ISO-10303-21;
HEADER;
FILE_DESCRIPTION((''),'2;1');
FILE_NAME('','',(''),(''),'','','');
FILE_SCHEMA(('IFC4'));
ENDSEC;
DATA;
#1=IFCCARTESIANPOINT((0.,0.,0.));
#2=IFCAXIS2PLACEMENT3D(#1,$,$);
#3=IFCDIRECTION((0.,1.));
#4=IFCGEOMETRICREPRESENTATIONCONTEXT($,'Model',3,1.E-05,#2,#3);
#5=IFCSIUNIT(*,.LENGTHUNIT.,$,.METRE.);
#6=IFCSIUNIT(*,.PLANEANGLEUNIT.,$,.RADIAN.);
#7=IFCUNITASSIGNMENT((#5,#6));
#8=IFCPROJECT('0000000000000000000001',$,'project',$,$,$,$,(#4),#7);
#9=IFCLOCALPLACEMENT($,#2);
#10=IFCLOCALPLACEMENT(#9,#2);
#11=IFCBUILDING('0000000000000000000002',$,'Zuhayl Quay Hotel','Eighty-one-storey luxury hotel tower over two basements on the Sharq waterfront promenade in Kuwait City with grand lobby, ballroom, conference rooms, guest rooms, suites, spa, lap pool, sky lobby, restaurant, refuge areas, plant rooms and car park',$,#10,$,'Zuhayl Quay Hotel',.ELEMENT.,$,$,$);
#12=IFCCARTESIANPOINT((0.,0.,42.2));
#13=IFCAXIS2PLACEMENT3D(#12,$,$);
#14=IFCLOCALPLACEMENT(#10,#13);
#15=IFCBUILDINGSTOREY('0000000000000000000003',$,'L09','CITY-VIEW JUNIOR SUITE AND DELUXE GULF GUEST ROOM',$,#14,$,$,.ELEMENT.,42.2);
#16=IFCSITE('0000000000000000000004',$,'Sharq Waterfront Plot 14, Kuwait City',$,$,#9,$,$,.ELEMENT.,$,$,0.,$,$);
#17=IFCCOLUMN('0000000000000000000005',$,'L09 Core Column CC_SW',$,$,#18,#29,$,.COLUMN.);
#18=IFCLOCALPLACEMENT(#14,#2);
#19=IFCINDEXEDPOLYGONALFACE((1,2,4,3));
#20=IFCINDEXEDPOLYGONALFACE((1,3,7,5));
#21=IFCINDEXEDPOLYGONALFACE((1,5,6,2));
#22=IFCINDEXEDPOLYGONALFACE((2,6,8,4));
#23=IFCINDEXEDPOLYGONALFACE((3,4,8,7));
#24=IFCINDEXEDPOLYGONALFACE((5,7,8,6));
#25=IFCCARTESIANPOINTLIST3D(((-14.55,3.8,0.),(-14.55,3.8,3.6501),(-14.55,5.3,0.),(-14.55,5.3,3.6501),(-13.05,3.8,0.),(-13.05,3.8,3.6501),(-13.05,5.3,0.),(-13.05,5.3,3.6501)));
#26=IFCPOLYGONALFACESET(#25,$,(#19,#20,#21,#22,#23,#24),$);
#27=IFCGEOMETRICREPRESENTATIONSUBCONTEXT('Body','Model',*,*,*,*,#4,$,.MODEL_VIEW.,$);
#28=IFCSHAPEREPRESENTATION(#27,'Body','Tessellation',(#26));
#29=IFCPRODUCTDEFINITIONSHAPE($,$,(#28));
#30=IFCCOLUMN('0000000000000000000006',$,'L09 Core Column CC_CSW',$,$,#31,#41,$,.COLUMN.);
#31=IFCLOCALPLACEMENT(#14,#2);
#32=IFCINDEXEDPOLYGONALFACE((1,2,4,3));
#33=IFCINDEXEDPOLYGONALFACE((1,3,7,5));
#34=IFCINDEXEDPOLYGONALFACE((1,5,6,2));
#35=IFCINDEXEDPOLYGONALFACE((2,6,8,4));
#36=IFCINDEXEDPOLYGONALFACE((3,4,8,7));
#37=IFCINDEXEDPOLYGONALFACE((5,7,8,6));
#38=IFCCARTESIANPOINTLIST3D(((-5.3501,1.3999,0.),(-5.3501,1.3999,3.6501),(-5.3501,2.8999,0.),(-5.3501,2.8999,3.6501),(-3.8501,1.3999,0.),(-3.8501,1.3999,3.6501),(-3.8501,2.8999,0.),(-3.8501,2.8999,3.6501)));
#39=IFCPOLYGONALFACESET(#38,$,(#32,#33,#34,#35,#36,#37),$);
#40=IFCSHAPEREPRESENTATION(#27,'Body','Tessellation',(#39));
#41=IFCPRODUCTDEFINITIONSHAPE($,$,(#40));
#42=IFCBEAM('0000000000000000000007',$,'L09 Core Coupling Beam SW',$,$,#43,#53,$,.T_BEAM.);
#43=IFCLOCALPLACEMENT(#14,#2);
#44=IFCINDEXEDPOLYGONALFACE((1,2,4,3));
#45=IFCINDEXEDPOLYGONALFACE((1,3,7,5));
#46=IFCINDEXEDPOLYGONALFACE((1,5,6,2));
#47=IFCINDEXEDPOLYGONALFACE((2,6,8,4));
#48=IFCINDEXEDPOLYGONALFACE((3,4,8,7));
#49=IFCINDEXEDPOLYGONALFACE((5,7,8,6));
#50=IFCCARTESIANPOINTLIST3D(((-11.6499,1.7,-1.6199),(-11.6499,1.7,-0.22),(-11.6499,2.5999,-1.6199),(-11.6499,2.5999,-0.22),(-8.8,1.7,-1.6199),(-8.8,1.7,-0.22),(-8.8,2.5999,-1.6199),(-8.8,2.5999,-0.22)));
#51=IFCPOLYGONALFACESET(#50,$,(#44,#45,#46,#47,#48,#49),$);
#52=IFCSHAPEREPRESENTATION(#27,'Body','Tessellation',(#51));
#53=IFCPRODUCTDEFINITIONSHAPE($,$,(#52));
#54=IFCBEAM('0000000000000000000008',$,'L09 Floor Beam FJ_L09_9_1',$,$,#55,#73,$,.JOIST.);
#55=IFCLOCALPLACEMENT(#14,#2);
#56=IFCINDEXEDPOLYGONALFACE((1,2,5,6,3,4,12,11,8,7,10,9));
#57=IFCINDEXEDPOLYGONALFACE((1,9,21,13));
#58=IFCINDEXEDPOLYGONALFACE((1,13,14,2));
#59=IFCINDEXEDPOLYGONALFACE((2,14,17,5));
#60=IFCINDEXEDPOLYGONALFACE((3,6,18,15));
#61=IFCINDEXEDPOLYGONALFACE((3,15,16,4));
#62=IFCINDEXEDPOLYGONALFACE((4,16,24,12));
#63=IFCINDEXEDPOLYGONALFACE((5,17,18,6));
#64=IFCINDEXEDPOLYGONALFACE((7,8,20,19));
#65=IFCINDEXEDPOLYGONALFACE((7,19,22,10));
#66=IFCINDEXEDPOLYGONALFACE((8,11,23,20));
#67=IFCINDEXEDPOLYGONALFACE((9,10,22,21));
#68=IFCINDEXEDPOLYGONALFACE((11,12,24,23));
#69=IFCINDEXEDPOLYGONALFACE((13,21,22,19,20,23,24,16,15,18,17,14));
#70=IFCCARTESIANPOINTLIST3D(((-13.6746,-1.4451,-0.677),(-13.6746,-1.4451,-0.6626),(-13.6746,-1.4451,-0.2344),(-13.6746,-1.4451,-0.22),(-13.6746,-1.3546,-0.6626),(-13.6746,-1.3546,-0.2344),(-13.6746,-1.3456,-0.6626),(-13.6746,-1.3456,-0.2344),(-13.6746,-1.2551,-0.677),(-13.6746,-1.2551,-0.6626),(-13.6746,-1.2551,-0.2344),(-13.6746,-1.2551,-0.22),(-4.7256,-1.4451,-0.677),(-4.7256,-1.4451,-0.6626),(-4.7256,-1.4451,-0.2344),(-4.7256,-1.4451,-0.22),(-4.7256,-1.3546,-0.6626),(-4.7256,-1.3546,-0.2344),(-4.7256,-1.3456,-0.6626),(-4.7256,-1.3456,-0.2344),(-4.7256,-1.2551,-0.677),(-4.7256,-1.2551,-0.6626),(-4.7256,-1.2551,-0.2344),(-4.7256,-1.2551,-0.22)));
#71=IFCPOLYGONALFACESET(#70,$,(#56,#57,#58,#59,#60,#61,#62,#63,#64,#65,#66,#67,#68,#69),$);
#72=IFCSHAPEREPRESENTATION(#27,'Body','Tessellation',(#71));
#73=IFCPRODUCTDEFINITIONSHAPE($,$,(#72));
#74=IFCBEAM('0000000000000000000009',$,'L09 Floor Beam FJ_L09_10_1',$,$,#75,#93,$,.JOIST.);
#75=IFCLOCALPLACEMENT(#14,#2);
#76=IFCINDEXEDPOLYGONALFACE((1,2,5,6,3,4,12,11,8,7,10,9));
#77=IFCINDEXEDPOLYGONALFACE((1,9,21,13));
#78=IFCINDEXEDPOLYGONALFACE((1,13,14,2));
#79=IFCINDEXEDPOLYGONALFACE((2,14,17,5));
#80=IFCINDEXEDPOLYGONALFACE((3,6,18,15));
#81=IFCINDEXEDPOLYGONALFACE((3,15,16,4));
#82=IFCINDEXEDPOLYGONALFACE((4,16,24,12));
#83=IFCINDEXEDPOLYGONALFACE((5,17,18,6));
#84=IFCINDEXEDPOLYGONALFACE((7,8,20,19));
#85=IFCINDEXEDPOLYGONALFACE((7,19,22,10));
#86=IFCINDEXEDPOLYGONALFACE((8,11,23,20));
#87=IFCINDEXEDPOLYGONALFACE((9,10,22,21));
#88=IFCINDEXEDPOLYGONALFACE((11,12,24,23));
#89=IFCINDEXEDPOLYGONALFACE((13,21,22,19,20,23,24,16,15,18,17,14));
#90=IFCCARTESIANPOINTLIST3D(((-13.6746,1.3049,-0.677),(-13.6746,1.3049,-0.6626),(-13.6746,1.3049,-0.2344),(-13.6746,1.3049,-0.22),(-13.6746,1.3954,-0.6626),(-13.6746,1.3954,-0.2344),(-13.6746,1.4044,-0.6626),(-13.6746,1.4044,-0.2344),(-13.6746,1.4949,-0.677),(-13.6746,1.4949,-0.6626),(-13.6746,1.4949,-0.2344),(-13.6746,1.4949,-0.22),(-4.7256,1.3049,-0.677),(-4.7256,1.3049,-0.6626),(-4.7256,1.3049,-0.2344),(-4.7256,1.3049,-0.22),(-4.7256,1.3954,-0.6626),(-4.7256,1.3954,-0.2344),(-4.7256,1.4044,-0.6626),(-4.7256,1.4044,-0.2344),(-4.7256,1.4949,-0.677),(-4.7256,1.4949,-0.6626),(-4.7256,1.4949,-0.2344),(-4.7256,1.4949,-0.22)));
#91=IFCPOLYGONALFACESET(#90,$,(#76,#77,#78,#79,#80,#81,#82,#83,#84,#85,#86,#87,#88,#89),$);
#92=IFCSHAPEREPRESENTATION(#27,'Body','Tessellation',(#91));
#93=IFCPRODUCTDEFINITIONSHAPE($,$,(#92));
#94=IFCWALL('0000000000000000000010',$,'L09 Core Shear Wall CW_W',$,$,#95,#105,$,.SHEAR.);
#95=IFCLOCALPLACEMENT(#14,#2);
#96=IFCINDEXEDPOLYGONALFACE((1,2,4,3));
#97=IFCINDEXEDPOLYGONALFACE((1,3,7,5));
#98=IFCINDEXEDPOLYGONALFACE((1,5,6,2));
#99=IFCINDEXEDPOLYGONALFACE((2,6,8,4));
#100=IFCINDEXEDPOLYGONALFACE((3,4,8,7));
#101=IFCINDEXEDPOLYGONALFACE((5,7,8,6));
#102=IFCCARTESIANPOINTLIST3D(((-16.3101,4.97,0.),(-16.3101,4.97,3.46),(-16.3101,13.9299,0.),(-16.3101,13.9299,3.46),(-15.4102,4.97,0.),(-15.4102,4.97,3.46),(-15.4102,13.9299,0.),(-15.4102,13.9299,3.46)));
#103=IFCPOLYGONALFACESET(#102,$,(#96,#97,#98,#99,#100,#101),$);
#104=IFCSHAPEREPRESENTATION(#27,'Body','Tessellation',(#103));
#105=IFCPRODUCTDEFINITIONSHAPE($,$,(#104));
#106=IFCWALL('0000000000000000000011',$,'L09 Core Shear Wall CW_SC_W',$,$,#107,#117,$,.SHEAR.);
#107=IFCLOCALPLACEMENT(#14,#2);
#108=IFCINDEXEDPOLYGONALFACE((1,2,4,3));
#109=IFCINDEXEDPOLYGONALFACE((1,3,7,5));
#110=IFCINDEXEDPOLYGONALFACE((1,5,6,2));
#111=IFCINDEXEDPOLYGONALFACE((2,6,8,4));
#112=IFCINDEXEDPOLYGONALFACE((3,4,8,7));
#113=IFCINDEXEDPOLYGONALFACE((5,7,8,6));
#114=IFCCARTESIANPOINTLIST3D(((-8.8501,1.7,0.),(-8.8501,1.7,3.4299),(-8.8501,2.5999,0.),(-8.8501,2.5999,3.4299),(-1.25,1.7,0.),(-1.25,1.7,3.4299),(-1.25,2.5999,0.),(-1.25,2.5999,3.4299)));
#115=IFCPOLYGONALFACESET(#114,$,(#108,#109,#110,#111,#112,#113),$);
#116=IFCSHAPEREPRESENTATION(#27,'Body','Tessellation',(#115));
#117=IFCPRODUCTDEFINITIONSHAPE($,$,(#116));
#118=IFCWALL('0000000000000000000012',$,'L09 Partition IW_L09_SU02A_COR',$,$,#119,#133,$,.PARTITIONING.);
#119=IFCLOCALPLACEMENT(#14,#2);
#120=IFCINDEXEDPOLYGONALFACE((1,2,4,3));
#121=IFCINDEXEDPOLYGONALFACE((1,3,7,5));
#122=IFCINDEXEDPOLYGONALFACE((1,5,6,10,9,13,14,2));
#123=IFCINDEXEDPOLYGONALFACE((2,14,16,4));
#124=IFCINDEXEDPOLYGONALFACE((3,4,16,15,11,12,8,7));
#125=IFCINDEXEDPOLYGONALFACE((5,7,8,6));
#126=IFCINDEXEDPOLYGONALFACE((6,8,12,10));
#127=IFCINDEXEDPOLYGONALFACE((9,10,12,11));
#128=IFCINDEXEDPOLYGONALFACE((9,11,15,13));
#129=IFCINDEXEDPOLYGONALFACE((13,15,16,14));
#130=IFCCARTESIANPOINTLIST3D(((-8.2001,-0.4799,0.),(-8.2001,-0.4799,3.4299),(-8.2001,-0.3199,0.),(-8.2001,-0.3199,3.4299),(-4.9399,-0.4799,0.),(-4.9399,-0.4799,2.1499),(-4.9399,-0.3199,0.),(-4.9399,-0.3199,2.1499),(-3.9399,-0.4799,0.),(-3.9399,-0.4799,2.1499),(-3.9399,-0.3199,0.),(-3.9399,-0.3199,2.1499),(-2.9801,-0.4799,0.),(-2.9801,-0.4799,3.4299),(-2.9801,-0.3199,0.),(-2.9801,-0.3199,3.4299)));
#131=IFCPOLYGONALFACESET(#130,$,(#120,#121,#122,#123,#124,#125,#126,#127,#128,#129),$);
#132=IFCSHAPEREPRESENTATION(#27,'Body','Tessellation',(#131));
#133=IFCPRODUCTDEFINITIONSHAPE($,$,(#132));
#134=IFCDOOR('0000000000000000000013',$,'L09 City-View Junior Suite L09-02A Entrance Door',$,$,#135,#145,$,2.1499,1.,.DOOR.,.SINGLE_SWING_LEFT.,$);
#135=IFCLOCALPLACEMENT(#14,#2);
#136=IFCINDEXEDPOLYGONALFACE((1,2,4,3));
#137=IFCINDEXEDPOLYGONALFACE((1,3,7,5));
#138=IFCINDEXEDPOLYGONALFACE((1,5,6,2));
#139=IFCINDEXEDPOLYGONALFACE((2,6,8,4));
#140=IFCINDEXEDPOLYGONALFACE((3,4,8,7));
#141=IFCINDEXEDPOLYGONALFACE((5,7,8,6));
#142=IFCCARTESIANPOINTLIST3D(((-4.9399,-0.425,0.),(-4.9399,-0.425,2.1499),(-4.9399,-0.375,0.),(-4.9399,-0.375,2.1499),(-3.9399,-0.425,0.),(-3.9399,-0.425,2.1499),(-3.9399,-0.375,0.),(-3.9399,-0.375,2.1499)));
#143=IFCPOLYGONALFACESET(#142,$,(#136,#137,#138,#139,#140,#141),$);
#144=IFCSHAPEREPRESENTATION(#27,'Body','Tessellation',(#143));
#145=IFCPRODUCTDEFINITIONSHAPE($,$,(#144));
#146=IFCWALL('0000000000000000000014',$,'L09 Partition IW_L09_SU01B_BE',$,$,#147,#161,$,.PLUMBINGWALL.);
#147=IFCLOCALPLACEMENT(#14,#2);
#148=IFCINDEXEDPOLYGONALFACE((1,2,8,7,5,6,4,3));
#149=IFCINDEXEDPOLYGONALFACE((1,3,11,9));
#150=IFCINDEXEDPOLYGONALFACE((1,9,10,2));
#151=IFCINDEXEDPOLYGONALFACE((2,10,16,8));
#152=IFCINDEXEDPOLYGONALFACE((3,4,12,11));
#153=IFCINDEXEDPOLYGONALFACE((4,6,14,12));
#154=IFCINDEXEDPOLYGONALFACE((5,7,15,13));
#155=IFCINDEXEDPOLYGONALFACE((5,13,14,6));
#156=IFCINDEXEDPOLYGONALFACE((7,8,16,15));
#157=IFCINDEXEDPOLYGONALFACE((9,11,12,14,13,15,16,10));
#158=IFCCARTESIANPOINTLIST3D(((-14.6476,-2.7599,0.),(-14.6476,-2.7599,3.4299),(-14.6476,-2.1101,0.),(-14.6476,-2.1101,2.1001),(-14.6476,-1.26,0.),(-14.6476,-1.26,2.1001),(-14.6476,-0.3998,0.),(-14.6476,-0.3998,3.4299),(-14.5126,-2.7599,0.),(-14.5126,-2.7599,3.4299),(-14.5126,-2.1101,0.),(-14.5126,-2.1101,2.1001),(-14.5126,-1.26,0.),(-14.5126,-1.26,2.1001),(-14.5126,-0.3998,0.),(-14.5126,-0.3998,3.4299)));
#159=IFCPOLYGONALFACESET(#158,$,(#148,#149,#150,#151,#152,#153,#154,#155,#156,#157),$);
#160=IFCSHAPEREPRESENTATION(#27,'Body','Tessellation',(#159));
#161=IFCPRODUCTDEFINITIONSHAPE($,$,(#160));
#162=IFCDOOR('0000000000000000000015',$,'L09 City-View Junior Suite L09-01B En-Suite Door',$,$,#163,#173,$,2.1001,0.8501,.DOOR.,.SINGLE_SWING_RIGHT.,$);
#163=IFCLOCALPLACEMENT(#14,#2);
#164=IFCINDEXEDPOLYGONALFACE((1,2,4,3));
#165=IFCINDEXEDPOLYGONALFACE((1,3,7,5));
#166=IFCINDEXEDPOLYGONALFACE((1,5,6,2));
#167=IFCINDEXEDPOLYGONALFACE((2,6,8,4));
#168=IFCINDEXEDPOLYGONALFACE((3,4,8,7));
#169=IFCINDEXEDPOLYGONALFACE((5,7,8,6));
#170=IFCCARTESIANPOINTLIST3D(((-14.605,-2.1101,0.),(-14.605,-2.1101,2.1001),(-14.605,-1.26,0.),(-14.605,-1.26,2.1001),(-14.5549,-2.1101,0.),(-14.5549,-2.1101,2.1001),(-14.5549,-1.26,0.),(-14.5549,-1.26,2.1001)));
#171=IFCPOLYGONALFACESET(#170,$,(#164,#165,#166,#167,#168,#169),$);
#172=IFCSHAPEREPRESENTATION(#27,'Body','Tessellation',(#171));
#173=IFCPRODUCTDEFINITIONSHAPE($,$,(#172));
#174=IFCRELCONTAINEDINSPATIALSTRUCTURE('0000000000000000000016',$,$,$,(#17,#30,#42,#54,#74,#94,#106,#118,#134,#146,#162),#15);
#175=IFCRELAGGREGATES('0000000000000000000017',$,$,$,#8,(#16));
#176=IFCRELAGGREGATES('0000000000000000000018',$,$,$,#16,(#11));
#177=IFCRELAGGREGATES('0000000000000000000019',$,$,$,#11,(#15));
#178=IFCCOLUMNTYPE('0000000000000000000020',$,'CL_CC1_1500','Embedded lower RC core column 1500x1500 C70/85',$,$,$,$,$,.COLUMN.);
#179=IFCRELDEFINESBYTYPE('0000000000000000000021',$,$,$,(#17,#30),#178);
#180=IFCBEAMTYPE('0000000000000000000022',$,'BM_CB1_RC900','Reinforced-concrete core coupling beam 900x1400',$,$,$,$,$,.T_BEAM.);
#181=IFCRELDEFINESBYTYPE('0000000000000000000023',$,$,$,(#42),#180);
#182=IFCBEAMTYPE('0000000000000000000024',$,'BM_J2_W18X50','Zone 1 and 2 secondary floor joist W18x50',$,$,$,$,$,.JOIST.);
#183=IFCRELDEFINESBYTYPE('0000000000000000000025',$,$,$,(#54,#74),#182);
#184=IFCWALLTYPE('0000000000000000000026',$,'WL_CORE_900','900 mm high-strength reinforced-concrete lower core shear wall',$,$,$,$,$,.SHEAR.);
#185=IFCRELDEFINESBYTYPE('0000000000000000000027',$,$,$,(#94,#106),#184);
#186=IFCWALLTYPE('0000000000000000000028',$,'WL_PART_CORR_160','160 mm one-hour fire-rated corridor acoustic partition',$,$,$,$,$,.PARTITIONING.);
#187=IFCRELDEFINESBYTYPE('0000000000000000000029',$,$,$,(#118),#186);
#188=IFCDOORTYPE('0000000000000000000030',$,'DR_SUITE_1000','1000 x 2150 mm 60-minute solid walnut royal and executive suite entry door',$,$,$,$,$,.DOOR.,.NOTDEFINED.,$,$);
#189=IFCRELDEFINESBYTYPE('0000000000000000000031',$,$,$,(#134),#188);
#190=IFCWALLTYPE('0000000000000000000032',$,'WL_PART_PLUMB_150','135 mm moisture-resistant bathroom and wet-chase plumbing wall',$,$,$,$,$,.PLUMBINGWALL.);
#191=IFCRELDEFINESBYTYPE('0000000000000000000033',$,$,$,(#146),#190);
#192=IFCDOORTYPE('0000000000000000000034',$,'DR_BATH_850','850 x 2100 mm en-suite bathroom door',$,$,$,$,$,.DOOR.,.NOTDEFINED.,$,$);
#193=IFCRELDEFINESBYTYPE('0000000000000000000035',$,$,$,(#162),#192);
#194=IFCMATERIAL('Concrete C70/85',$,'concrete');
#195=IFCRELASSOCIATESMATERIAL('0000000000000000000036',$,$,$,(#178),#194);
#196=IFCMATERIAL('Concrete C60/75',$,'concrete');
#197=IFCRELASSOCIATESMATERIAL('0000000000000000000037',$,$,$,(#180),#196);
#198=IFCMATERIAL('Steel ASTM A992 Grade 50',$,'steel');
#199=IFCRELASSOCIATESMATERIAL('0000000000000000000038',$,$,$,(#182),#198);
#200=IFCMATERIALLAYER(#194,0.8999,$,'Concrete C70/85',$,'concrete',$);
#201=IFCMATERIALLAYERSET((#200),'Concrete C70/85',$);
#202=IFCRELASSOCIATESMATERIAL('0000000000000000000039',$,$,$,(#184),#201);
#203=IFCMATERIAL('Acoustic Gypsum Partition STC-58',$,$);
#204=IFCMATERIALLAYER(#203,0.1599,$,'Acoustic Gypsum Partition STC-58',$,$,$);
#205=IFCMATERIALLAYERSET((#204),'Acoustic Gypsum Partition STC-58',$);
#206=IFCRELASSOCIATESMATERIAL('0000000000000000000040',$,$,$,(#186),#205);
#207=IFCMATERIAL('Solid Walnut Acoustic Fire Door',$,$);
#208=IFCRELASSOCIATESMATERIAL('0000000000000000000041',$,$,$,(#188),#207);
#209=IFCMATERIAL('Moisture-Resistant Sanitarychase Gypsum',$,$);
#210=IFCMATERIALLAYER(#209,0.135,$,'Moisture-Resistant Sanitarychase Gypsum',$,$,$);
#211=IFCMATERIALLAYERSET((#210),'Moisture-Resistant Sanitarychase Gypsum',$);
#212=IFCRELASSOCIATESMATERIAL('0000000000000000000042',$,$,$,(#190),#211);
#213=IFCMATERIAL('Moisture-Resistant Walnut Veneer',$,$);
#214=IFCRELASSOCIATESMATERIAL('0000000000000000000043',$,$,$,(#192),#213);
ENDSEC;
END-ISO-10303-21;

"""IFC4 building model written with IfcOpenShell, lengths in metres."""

from ifc_helpers import new_model, si_unit, direction, frame, frame_2d, origin, origin_2d, place, context, subcontext, project, spatial, rectangle, i_section, extrude, material, layer, layer_set, material_profile, profile_set, type_object, element, fill, save


model = new_model("IFC4")

# Units and contexts
model_context = context("Model", 3, precision=1e-05, world=origin(), true_north=direction((0.0, 1.0)))
body_context = subcontext(model_context, "Body", "Model", "MODEL_VIEW")
ifc_project = project(units=[si_unit("LENGTHUNIT", "METRE"), si_unit("PLANEANGLEUNIT", "RADIAN")], contexts=[model_context])

# Site, building, storey
site_placement = place(None, origin())
site = spatial("IfcSite", under=ifc_project, at=site_placement, Name="Sharq Waterfront Plot 14, Kuwait City", CompositionType="ELEMENT", RefElevation=0.0)
building_placement = place(site_placement, origin())
building = spatial("IfcBuilding", under=site, at=building_placement, Name="Zuhayl Quay Hotel", Description="Eighty-one-storey luxury hotel tower over two basements on the Sharq waterfront promenade in Kuwait City with grand lobby, ballroom, conference rooms, guest rooms, suites, spa, lap pool, sky lobby, restaurant, refuge areas, plant rooms and car park", LongName="Zuhayl Quay Hotel", CompositionType="ELEMENT")
storey_placement = place(building_placement, frame((0.0, 0.0, 42.2)))
storey = spatial("IfcBuildingStorey", under=building, at=storey_placement, Name="L09", Description="CITY-VIEW JUNIOR SUITE AND DELUXE GULF GUEST ROOM", CompositionType="ELEMENT", Elevation=42.2)

# Columns
ifc_material_1 = material(Name="Concrete C70/85", Category="concrete")
ifc_material_profile_1 = material_profile(ifc_material_1, rectangle(XDim=1.5, YDim=1.5, at=origin_2d()), Name="RC1500X1500")
ifc_profile_set_1 = profile_set([ifc_material_profile_1], Name="Concrete C70/85")
column_type = type_object("IfcColumnType", Name="CL_CC1_1500", Description="Embedded lower RC core column 1500x1500 C70/85", PredefinedType="COLUMN", material=ifc_profile_set_1)
for number, where, z_axis, x_axis, name in (
    (1, (-13.8, 4.55, 0.0), (0.0, 0.0, 1.0), (1.0, 0.0, 0.0), "L09 Core Column CC_SW"),
    (2, (-4.6001, 2.1499, 0.0), (0.0, 0.0, 1.0), (1.0, 0.0, 0.0), "L09 Core Column CC_CSW"),
):
    element("IfcColumn", number, at=place(storey_placement, frame(where, z_axis=z_axis, x_axis=x_axis)), inside=storey, type_object=column_type, Name=name, PredefinedType="COLUMN", context=body_context, shape_type="SweptSolid", body=[
        extrude(rectangle(XDim=1.5, YDim=1.5, at=origin_2d()), origin(), (0.0, 0.0, 1.0), 3.6501),
    ])

# Beams
ifc_material_2 = material(Name="Concrete C60/75", Category="concrete")
ifc_material_profile_2 = material_profile(ifc_material_2, rectangle(XDim=0.8999, YDim=1.3999, at=origin_2d()), Name="RC900X1400")
ifc_profile_set_2 = profile_set([ifc_material_profile_2], Name="Concrete C60/75")
beam_type_1 = type_object("IfcBeamType", Name="BM_CB1_RC900", Description="Reinforced-concrete core coupling beam 900x1400", PredefinedType="T_BEAM", material=ifc_profile_set_2)
beam_placement = place(storey_placement, frame((-11.6499, 2.1499, -0.9199), z_axis=(1.0, 0.0, 0.0), x_axis=(0.0, 1.0, 0.0)))
element("IfcBeam", 3, at=beam_placement, inside=storey, type_object=beam_type_1, Name="L09 Core Coupling Beam SW", PredefinedType="T_BEAM", context=body_context, shape_type="SweptSolid", body=[
    extrude(rectangle(XDim=0.8999, YDim=1.3999, at=origin_2d()), origin(), (0.0, 0.0, 1.0), 2.8499),
])
ifc_material_3 = material(Name="Steel ASTM A992 Grade 50", Category="steel")
ifc_material_profile_3 = material_profile(ifc_material_3, i_section(OverallWidth=0.1899, OverallDepth=0.457, WebThickness=0.009, FlangeThickness=0.0144, at=origin_2d()), Name="W18X50")
ifc_profile_set_3 = profile_set([ifc_material_profile_3], Name="Steel ASTM A992 Grade 50")
beam_type_2 = type_object("IfcBeamType", Name="BM_J2_W18X50", Description="Zone 1 and 2 secondary floor joist W18x50", PredefinedType="JOIST", material=ifc_profile_set_3)
for number, where, z_axis, x_axis, name in (
    (4, (-13.6746, -1.3501, -0.4485), (1.0, 0.0, 0.0), (0.0, 1.0, 0.0), "L09 Floor Beam FJ_L09_9_1"),
    (5, (-13.6746, 1.3999, -0.4485), (1.0, 0.0, 0.0), (0.0, 1.0, 0.0), "L09 Floor Beam FJ_L09_10_1"),
):
    element("IfcBeam", number, at=place(storey_placement, frame(where, z_axis=z_axis, x_axis=x_axis)), inside=storey, type_object=beam_type_2, Name=name, PredefinedType="JOIST", context=body_context, shape_type="SweptSolid", body=[
        extrude(i_section(OverallWidth=0.1899, OverallDepth=0.457, WebThickness=0.009, FlangeThickness=0.0144, at=origin_2d()), origin(), (0.0, 0.0, 1.0), 8.949),
    ])

# Walls
ifc_layer_1 = layer(ifc_material_1, 0.8999, Name="Concrete C70/85", Category="concrete")
ifc_layer_set_1 = layer_set([ifc_layer_1], Name="Concrete C70/85")
wall_type_1 = type_object("IfcWallType", Name="WL_CORE_900", Description="900 mm high-strength reinforced-concrete lower core shear wall", PredefinedType="SHEAR", material=ifc_layer_set_1)
wall_1_placement = place(storey_placement, frame((-15.8601, 4.97, 0.0), z_axis=(0.0, 0.0, 1.0), x_axis=(0.0, 1.0, 0.0)))
element("IfcWall", 6, at=wall_1_placement, inside=storey, type_object=wall_type_1, Name="L09 Core Shear Wall CW_W", PredefinedType="SHEAR", context=body_context, shape_type="SweptSolid", body=[
    extrude(rectangle(XDim=8.96, YDim=0.8999, at=frame_2d((4.48, 0.0))), origin(), (0.0, 0.0, 1.0), 3.46),
])
wall_2_placement = place(storey_placement, frame((-8.8501, 2.1499, 0.0), z_axis=(0.0, 0.0, 1.0), x_axis=(1.0, 0.0, 0.0)))
element("IfcWall", 7, at=wall_2_placement, inside=storey, type_object=wall_type_1, Name="L09 Core Shear Wall CW_SC_W", PredefinedType="SHEAR", context=body_context, shape_type="SweptSolid", body=[
    extrude(rectangle(XDim=7.6001, YDim=0.8999, at=frame_2d((3.8, 0.0))), origin(), (0.0, 0.0, 1.0), 3.4299),
])

# Walls, openings, doors
ifc_material_4 = material(Name="Acoustic Gypsum Partition STC-58")
ifc_layer_2 = layer(ifc_material_4, 0.1599, Name="Acoustic Gypsum Partition STC-58")
ifc_layer_set_2 = layer_set([ifc_layer_2], Name="Acoustic Gypsum Partition STC-58")
wall_type_2 = type_object("IfcWallType", Name="WL_PART_CORR_160", Description="160 mm one-hour fire-rated corridor acoustic partition", PredefinedType="PARTITIONING", material=ifc_layer_set_2)
wall_3_placement = place(storey_placement, frame((-8.2, -0.3999, 0.0), z_axis=(0.0, 0.0, 1.0), x_axis=(1.0, 0.0, 0.0)))
wall_3 = element("IfcWall", 8, at=wall_3_placement, inside=storey, type_object=wall_type_2, Name="L09 Partition IW_L09_SU02A_COR", PredefinedType="PARTITIONING", context=body_context, shape_type="SweptSolid", body=[
    extrude(rectangle(XDim=5.22, YDim=0.1599, at=frame_2d((2.6099, 0.0))), origin(), (0.0, 0.0, 1.0), 3.4299),
])
opening_1_placement = place(wall_3_placement, frame((3.26, 0.0, 0.0)))
opening_1 = element("IfcOpeningElement", 9, at=opening_1_placement, cuts=wall_3, PredefinedType="OPENING", context=body_context, shape_type="SweptSolid", body=[
    extrude(rectangle(XDim=1.0, YDim=2.1499, at=frame_2d((0.5, 1.075))), frame((0.0, 0.0898, 0.0), z_axis=(0.0, -1.0, 0.0), x_axis=(1.0, 0.0, 0.0)), (0.0, 0.0, 1.0), 0.1799),
])
ifc_material_5 = material(Name="Solid Walnut Acoustic Fire Door")
door_type_1 = type_object("IfcDoorType", Name="DR_SUITE_1000", Description="1000 x 2150 mm 60-minute solid walnut royal and executive suite entry door", OperationType="NOTDEFINED", PredefinedType="DOOR", material=ifc_material_5)
door_1_placement = place(opening_1_placement, origin())
door_1 = element("IfcDoor", 10, at=door_1_placement, inside=storey, type_object=door_type_1, Name="L09 City-View Junior Suite L09-02A Entrance Door", OperationType="SINGLE_SWING_LEFT", OverallHeight=2.1499, OverallWidth=1.0, PredefinedType="DOOR", context=body_context, shape_type="SweptSolid", body=[
    extrude(rectangle(XDim=1.0, YDim=2.1499, at=frame_2d((0.5, 1.075))), frame((0.0, 0.0249, 0.0), z_axis=(0.0, -1.0, 0.0), x_axis=(1.0, 0.0, 0.0)), (0.0, 0.0, 1.0), 0.05),
])
fill(opening_1, door_1)
ifc_material_6 = material(Name="Moisture-Resistant Sanitarychase Gypsum")
ifc_layer_3 = layer(ifc_material_6, 0.135, Name="Moisture-Resistant Sanitarychase Gypsum")
ifc_layer_set_3 = layer_set([ifc_layer_3], Name="Moisture-Resistant Sanitarychase Gypsum")
wall_type_3 = type_object("IfcWallType", Name="WL_PART_PLUMB_150", Description="135 mm moisture-resistant bathroom and wet-chase plumbing wall", PredefinedType="PLUMBINGWALL", material=ifc_layer_set_3)
wall_4_placement = place(storey_placement, frame((-14.5801, -2.76, 0.0), z_axis=(0.0, 0.0, 1.0), x_axis=(0.0, 1.0, 0.0)))
wall_4 = element("IfcWall", 11, at=wall_4_placement, inside=storey, type_object=wall_type_3, Name="L09 Partition IW_L09_SU01B_BE", PredefinedType="PLUMBINGWALL", context=body_context, shape_type="SweptSolid", body=[
    extrude(rectangle(XDim=2.3601, YDim=0.135, at=frame_2d((1.1802, 0.0))), origin(), (0.0, 0.0, 1.0), 3.4299),
])
opening_2_placement = place(wall_4_placement, frame((0.6499, 0.0, 0.0)))
opening_2 = element("IfcOpeningElement", 12, at=opening_2_placement, cuts=wall_4, PredefinedType="OPENING", context=body_context, shape_type="SweptSolid", body=[
    extrude(rectangle(XDim=0.8501, YDim=2.1001, at=frame_2d((0.425, 1.05))), frame((0.0, 0.0774, 0.0), z_axis=(0.0, -1.0, 0.0), x_axis=(1.0, 0.0, 0.0)), (0.0, 0.0, 1.0), 0.155),
])
ifc_material_7 = material(Name="Moisture-Resistant Walnut Veneer")
door_type_2 = type_object("IfcDoorType", Name="DR_BATH_850", Description="850 x 2100 mm en-suite bathroom door", OperationType="NOTDEFINED", PredefinedType="DOOR", material=ifc_material_7)
door_2_placement = place(opening_2_placement, origin())
door_2 = element("IfcDoor", 13, at=door_2_placement, inside=storey, type_object=door_type_2, Name="L09 City-View Junior Suite L09-01B En-Suite Door", OperationType="SINGLE_SWING_RIGHT", OverallHeight=2.1001, OverallWidth=0.8501, PredefinedType="DOOR", context=body_context, shape_type="SweptSolid", body=[
    extrude(rectangle(XDim=0.8501, YDim=2.1001, at=frame_2d((0.425, 1.05))), frame((0.0, 0.0249, 0.0), z_axis=(0.0, -1.0, 0.0), x_axis=(1.0, 0.0, 0.0)), (0.0, 0.0, 1.0), 0.05),
])
fill(opening_2, door_2)

save(model, "model.ifc")
